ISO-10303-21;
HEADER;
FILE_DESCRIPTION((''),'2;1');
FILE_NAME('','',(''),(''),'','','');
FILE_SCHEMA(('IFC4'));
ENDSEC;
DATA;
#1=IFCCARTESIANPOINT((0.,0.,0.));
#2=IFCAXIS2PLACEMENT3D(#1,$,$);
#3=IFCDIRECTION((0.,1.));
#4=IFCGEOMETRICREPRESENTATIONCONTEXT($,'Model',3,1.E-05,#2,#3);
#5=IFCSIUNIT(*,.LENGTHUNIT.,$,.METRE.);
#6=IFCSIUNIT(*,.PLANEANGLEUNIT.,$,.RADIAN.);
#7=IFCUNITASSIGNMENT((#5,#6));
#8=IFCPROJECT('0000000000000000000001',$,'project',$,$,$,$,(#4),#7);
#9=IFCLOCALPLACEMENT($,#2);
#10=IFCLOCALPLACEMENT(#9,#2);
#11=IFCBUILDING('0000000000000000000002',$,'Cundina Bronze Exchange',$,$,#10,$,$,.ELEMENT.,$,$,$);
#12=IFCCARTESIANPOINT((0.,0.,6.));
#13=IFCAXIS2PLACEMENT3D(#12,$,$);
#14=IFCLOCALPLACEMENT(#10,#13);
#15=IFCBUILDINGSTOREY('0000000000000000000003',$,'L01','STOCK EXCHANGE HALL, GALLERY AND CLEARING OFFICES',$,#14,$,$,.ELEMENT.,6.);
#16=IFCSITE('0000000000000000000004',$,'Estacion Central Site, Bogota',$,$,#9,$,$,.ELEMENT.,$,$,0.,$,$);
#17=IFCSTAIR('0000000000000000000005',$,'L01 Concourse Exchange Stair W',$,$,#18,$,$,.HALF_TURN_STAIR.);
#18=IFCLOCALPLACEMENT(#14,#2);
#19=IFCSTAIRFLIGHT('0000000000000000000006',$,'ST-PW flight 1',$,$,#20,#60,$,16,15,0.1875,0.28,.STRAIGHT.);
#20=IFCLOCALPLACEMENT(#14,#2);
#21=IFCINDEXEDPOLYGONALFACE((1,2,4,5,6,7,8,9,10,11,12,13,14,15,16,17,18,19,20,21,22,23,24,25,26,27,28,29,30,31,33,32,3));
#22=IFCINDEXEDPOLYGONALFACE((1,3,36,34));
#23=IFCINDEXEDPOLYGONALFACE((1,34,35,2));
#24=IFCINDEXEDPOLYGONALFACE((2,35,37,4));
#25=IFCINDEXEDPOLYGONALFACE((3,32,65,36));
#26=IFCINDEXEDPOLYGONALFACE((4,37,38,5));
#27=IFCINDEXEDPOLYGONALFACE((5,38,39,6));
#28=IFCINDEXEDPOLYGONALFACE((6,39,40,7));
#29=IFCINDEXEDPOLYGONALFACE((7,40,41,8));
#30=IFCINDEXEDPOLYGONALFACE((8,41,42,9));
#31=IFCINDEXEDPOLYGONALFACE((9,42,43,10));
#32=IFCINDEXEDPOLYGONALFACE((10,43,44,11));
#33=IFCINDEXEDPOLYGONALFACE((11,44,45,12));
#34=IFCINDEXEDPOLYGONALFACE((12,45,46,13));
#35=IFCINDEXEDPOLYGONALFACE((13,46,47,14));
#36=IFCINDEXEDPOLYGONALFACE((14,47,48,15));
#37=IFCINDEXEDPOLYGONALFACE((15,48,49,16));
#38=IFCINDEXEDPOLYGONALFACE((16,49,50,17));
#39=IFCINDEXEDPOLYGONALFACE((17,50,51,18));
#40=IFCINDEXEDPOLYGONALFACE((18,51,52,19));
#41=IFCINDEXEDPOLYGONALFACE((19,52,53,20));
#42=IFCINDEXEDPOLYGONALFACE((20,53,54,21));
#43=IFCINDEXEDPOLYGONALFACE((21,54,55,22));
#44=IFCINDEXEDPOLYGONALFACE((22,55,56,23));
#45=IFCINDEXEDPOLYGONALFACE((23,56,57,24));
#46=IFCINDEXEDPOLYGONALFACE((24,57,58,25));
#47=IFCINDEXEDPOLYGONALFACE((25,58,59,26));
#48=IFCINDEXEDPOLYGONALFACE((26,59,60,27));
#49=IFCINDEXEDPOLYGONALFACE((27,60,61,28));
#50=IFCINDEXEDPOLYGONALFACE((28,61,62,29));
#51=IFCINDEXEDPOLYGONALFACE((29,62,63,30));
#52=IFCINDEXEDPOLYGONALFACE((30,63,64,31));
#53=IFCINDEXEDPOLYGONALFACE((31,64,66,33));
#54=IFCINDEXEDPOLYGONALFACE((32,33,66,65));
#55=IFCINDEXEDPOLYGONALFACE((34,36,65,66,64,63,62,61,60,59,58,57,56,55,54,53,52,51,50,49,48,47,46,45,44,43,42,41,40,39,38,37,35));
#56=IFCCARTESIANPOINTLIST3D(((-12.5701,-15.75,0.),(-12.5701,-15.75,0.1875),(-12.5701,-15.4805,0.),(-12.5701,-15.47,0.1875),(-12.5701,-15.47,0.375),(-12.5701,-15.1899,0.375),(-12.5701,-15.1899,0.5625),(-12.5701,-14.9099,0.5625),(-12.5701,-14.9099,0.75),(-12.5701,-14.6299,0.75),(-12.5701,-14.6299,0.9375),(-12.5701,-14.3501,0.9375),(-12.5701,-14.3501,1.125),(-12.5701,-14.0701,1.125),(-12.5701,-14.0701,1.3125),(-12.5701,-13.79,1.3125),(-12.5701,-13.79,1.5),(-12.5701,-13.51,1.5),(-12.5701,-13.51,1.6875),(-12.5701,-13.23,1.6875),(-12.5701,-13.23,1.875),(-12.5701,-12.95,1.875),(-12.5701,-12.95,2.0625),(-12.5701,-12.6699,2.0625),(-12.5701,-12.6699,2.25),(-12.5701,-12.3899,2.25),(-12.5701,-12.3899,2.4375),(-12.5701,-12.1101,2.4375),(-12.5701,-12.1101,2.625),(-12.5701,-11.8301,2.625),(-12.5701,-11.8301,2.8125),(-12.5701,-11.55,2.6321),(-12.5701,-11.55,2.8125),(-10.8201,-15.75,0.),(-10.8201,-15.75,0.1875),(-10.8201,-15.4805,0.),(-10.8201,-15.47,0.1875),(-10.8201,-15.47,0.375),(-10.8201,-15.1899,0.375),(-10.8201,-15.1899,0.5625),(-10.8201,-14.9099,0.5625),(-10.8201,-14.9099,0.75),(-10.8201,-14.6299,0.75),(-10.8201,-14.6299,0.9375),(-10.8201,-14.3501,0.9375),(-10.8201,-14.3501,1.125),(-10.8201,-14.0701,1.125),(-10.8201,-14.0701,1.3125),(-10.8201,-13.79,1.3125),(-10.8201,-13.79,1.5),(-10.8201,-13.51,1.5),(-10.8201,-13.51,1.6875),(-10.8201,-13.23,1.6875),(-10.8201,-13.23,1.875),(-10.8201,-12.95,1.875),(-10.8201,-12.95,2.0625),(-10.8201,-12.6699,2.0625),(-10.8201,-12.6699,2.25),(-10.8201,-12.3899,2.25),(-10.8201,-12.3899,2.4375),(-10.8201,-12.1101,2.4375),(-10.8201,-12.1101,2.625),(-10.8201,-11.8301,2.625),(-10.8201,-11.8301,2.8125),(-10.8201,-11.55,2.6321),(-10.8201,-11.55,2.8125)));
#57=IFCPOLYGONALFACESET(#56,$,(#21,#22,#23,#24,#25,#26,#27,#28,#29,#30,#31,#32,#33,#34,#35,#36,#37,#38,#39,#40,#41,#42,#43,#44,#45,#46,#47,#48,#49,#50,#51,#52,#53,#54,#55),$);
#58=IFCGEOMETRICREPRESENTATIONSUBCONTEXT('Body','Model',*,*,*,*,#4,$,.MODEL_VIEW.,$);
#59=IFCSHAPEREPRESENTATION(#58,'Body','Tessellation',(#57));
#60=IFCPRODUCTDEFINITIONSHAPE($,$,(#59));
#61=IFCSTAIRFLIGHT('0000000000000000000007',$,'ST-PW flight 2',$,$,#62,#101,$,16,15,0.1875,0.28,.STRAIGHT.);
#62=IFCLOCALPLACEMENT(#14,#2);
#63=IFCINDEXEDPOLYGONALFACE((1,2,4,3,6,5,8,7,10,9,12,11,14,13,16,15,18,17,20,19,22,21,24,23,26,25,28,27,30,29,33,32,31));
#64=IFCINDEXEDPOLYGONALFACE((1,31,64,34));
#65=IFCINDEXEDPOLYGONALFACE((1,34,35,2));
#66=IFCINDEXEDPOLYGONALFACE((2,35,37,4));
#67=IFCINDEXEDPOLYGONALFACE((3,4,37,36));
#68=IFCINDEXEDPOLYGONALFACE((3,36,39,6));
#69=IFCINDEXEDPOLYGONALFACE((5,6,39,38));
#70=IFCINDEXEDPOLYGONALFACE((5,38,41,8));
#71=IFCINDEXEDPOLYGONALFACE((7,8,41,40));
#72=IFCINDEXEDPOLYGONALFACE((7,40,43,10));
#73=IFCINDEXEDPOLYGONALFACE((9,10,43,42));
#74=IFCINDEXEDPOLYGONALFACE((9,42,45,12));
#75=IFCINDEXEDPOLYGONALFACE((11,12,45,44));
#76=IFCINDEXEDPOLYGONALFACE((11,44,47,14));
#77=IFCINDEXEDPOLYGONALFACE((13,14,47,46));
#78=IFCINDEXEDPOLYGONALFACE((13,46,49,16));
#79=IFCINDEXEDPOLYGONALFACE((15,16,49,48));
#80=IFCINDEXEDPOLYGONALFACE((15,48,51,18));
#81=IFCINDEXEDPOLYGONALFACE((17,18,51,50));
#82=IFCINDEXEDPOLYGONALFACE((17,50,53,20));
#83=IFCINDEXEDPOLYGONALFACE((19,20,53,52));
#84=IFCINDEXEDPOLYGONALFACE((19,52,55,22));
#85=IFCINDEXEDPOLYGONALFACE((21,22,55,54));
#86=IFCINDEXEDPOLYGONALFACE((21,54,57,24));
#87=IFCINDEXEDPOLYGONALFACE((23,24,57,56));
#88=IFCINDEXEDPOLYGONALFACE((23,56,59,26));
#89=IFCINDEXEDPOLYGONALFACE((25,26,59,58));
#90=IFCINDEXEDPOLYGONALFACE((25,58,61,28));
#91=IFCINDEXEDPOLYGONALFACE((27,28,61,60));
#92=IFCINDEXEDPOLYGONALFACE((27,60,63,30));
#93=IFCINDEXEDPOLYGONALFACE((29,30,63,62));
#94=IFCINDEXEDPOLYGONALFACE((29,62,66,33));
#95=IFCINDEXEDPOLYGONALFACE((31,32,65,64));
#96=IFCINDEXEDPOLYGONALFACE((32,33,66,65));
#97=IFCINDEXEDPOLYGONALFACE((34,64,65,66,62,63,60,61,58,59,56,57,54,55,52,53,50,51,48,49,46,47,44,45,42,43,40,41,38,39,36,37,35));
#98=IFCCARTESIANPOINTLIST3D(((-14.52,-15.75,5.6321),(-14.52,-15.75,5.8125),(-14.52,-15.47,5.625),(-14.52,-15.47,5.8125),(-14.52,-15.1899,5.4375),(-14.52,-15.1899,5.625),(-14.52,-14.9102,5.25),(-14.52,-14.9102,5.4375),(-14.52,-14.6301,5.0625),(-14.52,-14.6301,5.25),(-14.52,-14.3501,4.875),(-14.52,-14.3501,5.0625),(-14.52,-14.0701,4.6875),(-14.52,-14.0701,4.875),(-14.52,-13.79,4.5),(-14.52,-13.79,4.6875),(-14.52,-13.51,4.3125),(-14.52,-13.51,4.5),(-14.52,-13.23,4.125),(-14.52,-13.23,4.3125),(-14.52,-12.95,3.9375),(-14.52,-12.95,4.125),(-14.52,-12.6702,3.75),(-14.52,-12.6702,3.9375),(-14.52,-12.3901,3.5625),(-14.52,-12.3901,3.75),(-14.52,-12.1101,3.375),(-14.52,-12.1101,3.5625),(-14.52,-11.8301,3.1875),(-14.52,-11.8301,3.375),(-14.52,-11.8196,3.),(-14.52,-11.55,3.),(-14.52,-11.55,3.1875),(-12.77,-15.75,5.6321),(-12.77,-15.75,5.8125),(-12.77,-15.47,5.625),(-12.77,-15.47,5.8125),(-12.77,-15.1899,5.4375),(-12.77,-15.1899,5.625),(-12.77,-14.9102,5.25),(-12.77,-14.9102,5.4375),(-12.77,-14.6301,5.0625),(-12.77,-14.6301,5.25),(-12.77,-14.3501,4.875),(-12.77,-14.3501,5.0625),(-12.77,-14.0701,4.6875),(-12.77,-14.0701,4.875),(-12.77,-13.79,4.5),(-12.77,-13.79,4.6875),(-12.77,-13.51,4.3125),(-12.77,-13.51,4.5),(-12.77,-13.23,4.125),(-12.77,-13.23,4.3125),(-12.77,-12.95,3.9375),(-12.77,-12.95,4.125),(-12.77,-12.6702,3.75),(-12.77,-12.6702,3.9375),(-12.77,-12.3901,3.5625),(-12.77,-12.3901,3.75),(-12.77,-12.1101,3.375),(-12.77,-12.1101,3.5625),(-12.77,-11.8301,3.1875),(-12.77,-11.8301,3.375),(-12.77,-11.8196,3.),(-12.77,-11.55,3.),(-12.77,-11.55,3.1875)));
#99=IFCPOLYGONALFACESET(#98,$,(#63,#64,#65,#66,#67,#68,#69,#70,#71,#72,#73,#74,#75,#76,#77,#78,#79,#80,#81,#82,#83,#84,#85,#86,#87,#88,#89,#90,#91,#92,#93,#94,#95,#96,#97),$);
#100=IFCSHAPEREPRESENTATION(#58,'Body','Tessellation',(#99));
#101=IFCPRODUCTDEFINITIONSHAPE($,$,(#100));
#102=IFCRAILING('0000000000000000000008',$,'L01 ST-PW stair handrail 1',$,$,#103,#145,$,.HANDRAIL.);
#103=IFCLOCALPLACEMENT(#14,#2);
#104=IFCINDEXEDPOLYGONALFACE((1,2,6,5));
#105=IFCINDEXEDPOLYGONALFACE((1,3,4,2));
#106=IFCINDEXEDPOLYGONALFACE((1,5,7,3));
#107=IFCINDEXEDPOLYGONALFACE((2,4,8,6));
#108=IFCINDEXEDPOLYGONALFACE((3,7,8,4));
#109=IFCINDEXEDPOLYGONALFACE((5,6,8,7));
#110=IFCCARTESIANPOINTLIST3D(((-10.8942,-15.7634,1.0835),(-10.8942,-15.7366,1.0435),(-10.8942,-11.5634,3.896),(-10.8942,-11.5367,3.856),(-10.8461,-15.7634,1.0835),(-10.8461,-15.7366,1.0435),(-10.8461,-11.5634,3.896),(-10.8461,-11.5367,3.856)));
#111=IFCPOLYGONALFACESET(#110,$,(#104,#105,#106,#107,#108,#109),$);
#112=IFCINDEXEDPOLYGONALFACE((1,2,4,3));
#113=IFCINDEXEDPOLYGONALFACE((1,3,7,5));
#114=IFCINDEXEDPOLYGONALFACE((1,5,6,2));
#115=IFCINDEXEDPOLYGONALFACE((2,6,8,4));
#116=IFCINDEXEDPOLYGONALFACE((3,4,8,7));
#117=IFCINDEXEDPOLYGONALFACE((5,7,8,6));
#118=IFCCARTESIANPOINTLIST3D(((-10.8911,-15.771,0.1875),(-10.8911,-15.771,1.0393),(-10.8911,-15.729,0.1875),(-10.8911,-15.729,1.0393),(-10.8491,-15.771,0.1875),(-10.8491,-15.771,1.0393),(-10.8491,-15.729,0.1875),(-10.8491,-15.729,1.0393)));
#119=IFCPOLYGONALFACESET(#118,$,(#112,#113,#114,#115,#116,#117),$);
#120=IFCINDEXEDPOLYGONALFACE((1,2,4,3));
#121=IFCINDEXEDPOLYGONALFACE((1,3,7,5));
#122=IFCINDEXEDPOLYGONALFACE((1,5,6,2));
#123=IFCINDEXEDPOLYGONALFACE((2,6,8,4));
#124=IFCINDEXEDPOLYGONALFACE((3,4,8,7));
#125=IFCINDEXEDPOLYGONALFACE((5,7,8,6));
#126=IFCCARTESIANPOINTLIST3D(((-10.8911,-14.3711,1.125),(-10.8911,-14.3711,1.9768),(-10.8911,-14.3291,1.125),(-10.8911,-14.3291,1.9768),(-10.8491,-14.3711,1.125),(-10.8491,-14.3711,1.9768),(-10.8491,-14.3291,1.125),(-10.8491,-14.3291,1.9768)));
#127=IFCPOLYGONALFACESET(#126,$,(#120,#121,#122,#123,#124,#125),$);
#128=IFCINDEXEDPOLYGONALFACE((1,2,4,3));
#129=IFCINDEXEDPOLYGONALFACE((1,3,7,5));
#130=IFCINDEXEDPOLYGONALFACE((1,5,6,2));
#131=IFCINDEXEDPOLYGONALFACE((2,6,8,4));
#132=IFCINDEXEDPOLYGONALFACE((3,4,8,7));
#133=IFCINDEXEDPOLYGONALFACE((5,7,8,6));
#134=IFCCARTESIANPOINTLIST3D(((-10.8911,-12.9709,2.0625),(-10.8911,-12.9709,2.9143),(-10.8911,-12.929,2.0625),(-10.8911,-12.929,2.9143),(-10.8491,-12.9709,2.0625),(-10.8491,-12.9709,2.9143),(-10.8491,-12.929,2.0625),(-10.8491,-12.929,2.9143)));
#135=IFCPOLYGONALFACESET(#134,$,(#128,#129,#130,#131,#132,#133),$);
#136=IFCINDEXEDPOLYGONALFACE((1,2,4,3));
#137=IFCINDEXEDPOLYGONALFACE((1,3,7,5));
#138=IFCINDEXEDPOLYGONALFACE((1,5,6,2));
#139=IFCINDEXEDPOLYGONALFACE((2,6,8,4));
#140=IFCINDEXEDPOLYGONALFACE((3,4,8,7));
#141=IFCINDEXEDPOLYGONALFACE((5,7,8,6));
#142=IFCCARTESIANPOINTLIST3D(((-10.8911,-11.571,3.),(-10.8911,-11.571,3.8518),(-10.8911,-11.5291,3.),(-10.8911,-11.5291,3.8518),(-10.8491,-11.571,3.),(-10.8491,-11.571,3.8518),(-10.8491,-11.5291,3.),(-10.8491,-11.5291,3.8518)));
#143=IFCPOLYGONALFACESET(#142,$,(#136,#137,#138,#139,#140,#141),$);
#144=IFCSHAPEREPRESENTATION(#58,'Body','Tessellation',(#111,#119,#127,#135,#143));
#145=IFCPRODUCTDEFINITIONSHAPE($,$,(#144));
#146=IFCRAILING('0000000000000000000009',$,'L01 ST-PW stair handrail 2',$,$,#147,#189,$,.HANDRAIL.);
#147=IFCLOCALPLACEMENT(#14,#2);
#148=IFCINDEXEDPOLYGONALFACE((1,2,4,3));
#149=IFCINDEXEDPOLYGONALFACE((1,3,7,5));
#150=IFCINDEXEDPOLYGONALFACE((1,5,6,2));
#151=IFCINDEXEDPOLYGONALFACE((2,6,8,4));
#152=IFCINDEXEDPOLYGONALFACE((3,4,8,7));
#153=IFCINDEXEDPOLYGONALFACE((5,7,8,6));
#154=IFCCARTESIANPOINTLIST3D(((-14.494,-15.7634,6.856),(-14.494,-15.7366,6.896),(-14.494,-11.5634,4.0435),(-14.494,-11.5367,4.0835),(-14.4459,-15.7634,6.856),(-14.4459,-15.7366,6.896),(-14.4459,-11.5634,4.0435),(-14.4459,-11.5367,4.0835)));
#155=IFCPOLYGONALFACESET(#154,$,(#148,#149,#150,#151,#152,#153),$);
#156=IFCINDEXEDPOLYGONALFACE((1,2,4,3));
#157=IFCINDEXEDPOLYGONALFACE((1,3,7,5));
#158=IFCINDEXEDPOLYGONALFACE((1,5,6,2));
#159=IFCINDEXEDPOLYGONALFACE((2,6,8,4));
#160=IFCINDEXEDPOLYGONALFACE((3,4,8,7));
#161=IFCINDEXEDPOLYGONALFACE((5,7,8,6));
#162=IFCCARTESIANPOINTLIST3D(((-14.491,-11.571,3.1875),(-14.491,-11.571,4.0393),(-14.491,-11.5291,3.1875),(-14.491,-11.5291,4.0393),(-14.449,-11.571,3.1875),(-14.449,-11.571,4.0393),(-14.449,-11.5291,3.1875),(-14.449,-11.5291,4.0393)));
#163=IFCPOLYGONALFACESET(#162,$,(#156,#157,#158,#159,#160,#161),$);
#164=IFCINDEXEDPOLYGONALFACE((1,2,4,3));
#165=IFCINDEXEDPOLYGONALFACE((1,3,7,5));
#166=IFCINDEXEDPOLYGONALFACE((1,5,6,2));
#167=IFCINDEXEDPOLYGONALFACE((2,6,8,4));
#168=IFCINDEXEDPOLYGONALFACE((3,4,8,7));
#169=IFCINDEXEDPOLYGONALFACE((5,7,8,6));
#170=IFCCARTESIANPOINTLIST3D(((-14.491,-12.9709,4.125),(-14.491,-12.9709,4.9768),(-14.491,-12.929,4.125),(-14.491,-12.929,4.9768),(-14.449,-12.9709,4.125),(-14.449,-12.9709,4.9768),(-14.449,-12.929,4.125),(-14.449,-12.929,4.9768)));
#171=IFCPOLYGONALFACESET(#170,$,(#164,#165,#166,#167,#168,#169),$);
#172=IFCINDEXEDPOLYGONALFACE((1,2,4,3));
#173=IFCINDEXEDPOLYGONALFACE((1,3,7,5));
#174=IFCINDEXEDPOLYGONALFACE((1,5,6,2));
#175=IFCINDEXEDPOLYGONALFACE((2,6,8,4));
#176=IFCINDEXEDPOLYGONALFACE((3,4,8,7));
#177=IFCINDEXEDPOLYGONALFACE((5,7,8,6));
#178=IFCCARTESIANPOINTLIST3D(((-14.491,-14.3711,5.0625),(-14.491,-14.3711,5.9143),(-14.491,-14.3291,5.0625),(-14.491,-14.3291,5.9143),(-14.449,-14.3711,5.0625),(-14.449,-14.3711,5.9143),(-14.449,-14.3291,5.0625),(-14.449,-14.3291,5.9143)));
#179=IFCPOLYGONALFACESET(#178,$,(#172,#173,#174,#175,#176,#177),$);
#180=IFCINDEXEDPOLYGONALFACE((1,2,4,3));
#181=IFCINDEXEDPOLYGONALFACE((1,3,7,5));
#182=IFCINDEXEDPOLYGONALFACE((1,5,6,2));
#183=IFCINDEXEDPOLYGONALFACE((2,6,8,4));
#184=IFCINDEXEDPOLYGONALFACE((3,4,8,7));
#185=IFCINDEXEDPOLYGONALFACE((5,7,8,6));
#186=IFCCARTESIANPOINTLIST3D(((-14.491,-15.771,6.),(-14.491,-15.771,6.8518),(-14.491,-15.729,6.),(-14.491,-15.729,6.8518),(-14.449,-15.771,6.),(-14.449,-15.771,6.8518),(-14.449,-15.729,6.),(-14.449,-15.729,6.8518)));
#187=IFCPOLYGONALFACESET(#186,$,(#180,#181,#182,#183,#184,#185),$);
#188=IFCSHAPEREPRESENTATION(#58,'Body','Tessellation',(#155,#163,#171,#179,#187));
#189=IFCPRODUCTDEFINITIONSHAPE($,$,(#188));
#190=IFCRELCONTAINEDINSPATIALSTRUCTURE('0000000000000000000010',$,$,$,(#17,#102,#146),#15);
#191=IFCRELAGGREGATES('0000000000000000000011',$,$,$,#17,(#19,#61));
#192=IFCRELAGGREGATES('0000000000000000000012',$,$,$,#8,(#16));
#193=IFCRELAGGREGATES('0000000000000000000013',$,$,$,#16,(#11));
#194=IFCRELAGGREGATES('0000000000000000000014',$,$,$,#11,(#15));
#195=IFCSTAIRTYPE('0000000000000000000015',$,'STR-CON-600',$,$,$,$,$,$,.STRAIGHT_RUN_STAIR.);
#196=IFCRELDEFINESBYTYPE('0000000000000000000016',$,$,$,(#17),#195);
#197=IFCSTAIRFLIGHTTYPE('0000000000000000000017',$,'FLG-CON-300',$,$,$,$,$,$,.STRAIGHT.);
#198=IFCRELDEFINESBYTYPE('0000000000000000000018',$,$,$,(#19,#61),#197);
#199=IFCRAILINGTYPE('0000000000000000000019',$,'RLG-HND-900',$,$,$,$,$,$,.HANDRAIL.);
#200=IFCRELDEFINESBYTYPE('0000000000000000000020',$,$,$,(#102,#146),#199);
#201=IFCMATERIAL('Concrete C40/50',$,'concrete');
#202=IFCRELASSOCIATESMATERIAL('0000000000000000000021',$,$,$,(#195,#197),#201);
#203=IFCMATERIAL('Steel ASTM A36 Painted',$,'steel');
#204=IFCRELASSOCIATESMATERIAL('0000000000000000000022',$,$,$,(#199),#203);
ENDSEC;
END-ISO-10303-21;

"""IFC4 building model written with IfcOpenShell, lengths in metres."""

from ifc_helpers import new_model, si_unit, direction, frame, origin, origin_2d, place, context, subcontext, project, spatial, polyline, rectangle, outline, extrude, material, type_object, element, aggregate, save


model = new_model("IFC4")

# Units and contexts
model_context = context("Model", 3, precision=1e-05, world=origin(), true_north=direction((0.0, 1.0)))
body_context = subcontext(model_context, "Body", "Model", "MODEL_VIEW")
ifc_project = project(units=[si_unit("LENGTHUNIT", "METRE"), si_unit("PLANEANGLEUNIT", "RADIAN")], contexts=[model_context])

# Site, building, storey
site_placement = place(None, origin())
site = spatial("IfcSite", under=ifc_project, at=site_placement, Name="Estacion Central Site, Bogota", CompositionType="ELEMENT", RefElevation=0.0)
building_placement = place(site_placement, origin())
building = spatial("IfcBuilding", under=site, at=building_placement, Name="Cundina Bronze Exchange", CompositionType="ELEMENT")
storey_placement = place(building_placement, frame((0.0, 0.0, 6.0)))
storey = spatial("IfcBuildingStorey", under=building, at=storey_placement, Name="L01", Description="STOCK EXCHANGE HALL, GALLERY AND CLEARING OFFICES", CompositionType="ELEMENT", Elevation=6.0)

# Shared definitions
ifc_material_1 = material(Name="Concrete C40/50", Category="concrete")

# Shared definitions
ifc_material_2 = material(Name="Steel ASTM A36 Painted", Category="steel")

# Stair, stair flights
stair_type = type_object("IfcStairType", Name="STR-CON-600", PredefinedType="STRAIGHT_RUN_STAIR", material=ifc_material_1)
stair_placement = place(storey_placement, origin())
stair = element("IfcStair", 1, at=stair_placement, inside=storey, type_object=stair_type, Name="L01 Concourse Exchange Stair W", PredefinedType="HALF_TURN_STAIR")
stair_flight_type = type_object("IfcStairFlightType", Name="FLG-CON-300", PredefinedType="STRAIGHT", material=ifc_material_1)
stair_flight_1_placement = place(storey_placement, frame((-11.6951, -15.75, 0.0), z_axis=(0.0, 0.0, 1.0), x_axis=(0.0, 1.0, 0.0)))
stair_flight_1 = element("IfcStairFlight", 2, at=stair_flight_1_placement, type_object=stair_flight_type, Name="ST-PW flight 1", NumberOfRisers=16, NumberOfTreads=15, PredefinedType="STRAIGHT", RiserHeight=0.1875, TreadLength=0.28, context=body_context, shape_type="SweptSolid", body=[
    extrude(outline(polyline([(0.0, 0.0), (0.0, 0.1875), (0.28, 0.1875), (0.28, 0.375), (0.5601, 0.375), (0.5601, 0.5625), (0.8401, 0.5625), (0.8401, 0.75), (1.1201, 0.75), (1.1201, 0.9375), (1.3999, 0.9375), (1.3999, 1.125), (1.6799, 1.125), (1.6799, 1.3125), (1.96, 1.3125), (1.96, 1.5), (2.24, 1.5), (2.24, 1.6875), (2.52, 1.6875), (2.52, 1.875), (2.8, 1.875), (2.8, 2.0625), (3.0801, 2.0625), (3.0801, 2.25), (3.3601, 2.25), (3.3601, 2.4375), (3.6399, 2.4375), (3.6399, 2.625), (3.9199, 2.625), (3.9199, 2.8125), (4.2, 2.8125), (4.2, 3.0), (4.2, 2.6321), (0.2695, 0.0), (0.0, 0.0)])), frame((0.0, 0.875, 0.0), z_axis=(0.0, -1.0, 0.0), x_axis=(1.0, 0.0, 0.0)), (0.0, 0.0, 1.0), 1.75),
])
stair_flight_2_placement = place(storey_placement, frame((-13.645, -11.55, 3.0), z_axis=(0.0, 0.0, 1.0), x_axis=(0.0, -1.0, 0.0)))
stair_flight_2 = element("IfcStairFlight", 3, at=stair_flight_2_placement, type_object=stair_flight_type, Name="ST-PW flight 2", NumberOfRisers=16, NumberOfTreads=15, PredefinedType="STRAIGHT", RiserHeight=0.1875, TreadLength=0.28, context=body_context, shape_type="SweptSolid", body=[
    extrude(outline(polyline([(0.0, 0.0), (0.0, 0.1875), (0.28, 0.1875), (0.28, 0.375), (0.5601, 0.375), (0.5601, 0.5625), (0.8401, 0.5625), (0.8401, 0.75), (1.1201, 0.75), (1.1201, 0.9375), (1.3999, 0.9375), (1.3999, 1.125), (1.6799, 1.125), (1.6799, 1.3125), (1.96, 1.3125), (1.96, 1.5), (2.24, 1.5), (2.24, 1.6875), (2.52, 1.6875), (2.52, 1.875), (2.8, 1.875), (2.8, 2.0625), (3.0801, 2.0625), (3.0801, 2.25), (3.3601, 2.25), (3.3601, 2.4375), (3.6399, 2.4375), (3.6399, 2.625), (3.9199, 2.625), (3.9199, 2.8125), (4.2, 2.8125), (4.2, 3.0), (4.2, 2.6321), (0.2695, 0.0), (0.0, 0.0)])), frame((0.0, 0.875, 0.0), z_axis=(0.0, -1.0, 0.0), x_axis=(1.0, 0.0, 0.0)), (0.0, 0.0, 1.0), 1.75),
])
aggregate(stair, [stair_flight_1, stair_flight_2])

# Railings
railing_type_1 = type_object("IfcRailingType", Name="RLG-HND-900", PredefinedType="HANDRAIL", material=ifc_material_2)
railing_1_placement = place(storey_placement, frame((-10.8701, -15.75, 0.1875)))
element("IfcRailing", 4, at=railing_1_placement, inside=storey, type_object=railing_type_1, Name="L01 ST-PW stair handrail 1", PredefinedType="HANDRAIL", context=body_context, shape_type="SweptSolid", body=[
    extrude(rectangle(XDim=0.0481, YDim=0.0481, at=origin_2d()), frame((0.0, 0.0, 0.876), z_axis=(0.0, 0.830904, 0.556416), x_axis=(-1.0, 0.0, 0.0)), (0.0, 0.0, 1.0), 5.0547),
    extrude(rectangle(XDim=0.042, YDim=0.042, at=origin_2d()), origin(), (0.0, 0.0, 1.0), 0.8518),
    extrude(rectangle(XDim=0.042, YDim=0.042, at=origin_2d()), frame((0.0, 1.3999, 0.9375)), (0.0, 0.0, 1.0), 0.8518),
    extrude(rectangle(XDim=0.042, YDim=0.042, at=origin_2d()), frame((0.0, 2.8, 1.875)), (0.0, 0.0, 1.0), 0.8518),
    extrude(rectangle(XDim=0.042, YDim=0.042, at=origin_2d()), frame((0.0, 4.2, 2.8125)), (0.0, 0.0, 1.0), 0.8518),
])
railing_2_placement = place(storey_placement, frame((-14.47, -11.55, 3.1875)))
element("IfcRailing", 5, at=railing_2_placement, inside=storey, type_object=railing_type_1, Name="L01 ST-PW stair handrail 2", PredefinedType="HANDRAIL", context=body_context, shape_type="SweptSolid", body=[
    extrude(rectangle(XDim=0.0481, YDim=0.0481, at=origin_2d()), frame((0.0, 0.0, 0.876), z_axis=(0.0, -0.830904, 0.556416), x_axis=(1.0, 0.0, 0.0)), (0.0, 0.0, 1.0), 5.0547),
    extrude(rectangle(XDim=0.042, YDim=0.042, at=origin_2d()), origin(), (0.0, 0.0, 1.0), 0.8518),
    extrude(rectangle(XDim=0.042, YDim=0.042, at=origin_2d()), frame((0.0, -1.3999, 0.9375)), (0.0, 0.0, 1.0), 0.8518),
    extrude(rectangle(XDim=0.042, YDim=0.042, at=origin_2d()), frame((0.0, -2.8, 1.875)), (0.0, 0.0, 1.0), 0.8518),
    extrude(rectangle(XDim=0.042, YDim=0.042, at=origin_2d()), frame((0.0, -4.2, 2.8125)), (0.0, 0.0, 1.0), 0.8518),
])

save(model, "model.ifc")
